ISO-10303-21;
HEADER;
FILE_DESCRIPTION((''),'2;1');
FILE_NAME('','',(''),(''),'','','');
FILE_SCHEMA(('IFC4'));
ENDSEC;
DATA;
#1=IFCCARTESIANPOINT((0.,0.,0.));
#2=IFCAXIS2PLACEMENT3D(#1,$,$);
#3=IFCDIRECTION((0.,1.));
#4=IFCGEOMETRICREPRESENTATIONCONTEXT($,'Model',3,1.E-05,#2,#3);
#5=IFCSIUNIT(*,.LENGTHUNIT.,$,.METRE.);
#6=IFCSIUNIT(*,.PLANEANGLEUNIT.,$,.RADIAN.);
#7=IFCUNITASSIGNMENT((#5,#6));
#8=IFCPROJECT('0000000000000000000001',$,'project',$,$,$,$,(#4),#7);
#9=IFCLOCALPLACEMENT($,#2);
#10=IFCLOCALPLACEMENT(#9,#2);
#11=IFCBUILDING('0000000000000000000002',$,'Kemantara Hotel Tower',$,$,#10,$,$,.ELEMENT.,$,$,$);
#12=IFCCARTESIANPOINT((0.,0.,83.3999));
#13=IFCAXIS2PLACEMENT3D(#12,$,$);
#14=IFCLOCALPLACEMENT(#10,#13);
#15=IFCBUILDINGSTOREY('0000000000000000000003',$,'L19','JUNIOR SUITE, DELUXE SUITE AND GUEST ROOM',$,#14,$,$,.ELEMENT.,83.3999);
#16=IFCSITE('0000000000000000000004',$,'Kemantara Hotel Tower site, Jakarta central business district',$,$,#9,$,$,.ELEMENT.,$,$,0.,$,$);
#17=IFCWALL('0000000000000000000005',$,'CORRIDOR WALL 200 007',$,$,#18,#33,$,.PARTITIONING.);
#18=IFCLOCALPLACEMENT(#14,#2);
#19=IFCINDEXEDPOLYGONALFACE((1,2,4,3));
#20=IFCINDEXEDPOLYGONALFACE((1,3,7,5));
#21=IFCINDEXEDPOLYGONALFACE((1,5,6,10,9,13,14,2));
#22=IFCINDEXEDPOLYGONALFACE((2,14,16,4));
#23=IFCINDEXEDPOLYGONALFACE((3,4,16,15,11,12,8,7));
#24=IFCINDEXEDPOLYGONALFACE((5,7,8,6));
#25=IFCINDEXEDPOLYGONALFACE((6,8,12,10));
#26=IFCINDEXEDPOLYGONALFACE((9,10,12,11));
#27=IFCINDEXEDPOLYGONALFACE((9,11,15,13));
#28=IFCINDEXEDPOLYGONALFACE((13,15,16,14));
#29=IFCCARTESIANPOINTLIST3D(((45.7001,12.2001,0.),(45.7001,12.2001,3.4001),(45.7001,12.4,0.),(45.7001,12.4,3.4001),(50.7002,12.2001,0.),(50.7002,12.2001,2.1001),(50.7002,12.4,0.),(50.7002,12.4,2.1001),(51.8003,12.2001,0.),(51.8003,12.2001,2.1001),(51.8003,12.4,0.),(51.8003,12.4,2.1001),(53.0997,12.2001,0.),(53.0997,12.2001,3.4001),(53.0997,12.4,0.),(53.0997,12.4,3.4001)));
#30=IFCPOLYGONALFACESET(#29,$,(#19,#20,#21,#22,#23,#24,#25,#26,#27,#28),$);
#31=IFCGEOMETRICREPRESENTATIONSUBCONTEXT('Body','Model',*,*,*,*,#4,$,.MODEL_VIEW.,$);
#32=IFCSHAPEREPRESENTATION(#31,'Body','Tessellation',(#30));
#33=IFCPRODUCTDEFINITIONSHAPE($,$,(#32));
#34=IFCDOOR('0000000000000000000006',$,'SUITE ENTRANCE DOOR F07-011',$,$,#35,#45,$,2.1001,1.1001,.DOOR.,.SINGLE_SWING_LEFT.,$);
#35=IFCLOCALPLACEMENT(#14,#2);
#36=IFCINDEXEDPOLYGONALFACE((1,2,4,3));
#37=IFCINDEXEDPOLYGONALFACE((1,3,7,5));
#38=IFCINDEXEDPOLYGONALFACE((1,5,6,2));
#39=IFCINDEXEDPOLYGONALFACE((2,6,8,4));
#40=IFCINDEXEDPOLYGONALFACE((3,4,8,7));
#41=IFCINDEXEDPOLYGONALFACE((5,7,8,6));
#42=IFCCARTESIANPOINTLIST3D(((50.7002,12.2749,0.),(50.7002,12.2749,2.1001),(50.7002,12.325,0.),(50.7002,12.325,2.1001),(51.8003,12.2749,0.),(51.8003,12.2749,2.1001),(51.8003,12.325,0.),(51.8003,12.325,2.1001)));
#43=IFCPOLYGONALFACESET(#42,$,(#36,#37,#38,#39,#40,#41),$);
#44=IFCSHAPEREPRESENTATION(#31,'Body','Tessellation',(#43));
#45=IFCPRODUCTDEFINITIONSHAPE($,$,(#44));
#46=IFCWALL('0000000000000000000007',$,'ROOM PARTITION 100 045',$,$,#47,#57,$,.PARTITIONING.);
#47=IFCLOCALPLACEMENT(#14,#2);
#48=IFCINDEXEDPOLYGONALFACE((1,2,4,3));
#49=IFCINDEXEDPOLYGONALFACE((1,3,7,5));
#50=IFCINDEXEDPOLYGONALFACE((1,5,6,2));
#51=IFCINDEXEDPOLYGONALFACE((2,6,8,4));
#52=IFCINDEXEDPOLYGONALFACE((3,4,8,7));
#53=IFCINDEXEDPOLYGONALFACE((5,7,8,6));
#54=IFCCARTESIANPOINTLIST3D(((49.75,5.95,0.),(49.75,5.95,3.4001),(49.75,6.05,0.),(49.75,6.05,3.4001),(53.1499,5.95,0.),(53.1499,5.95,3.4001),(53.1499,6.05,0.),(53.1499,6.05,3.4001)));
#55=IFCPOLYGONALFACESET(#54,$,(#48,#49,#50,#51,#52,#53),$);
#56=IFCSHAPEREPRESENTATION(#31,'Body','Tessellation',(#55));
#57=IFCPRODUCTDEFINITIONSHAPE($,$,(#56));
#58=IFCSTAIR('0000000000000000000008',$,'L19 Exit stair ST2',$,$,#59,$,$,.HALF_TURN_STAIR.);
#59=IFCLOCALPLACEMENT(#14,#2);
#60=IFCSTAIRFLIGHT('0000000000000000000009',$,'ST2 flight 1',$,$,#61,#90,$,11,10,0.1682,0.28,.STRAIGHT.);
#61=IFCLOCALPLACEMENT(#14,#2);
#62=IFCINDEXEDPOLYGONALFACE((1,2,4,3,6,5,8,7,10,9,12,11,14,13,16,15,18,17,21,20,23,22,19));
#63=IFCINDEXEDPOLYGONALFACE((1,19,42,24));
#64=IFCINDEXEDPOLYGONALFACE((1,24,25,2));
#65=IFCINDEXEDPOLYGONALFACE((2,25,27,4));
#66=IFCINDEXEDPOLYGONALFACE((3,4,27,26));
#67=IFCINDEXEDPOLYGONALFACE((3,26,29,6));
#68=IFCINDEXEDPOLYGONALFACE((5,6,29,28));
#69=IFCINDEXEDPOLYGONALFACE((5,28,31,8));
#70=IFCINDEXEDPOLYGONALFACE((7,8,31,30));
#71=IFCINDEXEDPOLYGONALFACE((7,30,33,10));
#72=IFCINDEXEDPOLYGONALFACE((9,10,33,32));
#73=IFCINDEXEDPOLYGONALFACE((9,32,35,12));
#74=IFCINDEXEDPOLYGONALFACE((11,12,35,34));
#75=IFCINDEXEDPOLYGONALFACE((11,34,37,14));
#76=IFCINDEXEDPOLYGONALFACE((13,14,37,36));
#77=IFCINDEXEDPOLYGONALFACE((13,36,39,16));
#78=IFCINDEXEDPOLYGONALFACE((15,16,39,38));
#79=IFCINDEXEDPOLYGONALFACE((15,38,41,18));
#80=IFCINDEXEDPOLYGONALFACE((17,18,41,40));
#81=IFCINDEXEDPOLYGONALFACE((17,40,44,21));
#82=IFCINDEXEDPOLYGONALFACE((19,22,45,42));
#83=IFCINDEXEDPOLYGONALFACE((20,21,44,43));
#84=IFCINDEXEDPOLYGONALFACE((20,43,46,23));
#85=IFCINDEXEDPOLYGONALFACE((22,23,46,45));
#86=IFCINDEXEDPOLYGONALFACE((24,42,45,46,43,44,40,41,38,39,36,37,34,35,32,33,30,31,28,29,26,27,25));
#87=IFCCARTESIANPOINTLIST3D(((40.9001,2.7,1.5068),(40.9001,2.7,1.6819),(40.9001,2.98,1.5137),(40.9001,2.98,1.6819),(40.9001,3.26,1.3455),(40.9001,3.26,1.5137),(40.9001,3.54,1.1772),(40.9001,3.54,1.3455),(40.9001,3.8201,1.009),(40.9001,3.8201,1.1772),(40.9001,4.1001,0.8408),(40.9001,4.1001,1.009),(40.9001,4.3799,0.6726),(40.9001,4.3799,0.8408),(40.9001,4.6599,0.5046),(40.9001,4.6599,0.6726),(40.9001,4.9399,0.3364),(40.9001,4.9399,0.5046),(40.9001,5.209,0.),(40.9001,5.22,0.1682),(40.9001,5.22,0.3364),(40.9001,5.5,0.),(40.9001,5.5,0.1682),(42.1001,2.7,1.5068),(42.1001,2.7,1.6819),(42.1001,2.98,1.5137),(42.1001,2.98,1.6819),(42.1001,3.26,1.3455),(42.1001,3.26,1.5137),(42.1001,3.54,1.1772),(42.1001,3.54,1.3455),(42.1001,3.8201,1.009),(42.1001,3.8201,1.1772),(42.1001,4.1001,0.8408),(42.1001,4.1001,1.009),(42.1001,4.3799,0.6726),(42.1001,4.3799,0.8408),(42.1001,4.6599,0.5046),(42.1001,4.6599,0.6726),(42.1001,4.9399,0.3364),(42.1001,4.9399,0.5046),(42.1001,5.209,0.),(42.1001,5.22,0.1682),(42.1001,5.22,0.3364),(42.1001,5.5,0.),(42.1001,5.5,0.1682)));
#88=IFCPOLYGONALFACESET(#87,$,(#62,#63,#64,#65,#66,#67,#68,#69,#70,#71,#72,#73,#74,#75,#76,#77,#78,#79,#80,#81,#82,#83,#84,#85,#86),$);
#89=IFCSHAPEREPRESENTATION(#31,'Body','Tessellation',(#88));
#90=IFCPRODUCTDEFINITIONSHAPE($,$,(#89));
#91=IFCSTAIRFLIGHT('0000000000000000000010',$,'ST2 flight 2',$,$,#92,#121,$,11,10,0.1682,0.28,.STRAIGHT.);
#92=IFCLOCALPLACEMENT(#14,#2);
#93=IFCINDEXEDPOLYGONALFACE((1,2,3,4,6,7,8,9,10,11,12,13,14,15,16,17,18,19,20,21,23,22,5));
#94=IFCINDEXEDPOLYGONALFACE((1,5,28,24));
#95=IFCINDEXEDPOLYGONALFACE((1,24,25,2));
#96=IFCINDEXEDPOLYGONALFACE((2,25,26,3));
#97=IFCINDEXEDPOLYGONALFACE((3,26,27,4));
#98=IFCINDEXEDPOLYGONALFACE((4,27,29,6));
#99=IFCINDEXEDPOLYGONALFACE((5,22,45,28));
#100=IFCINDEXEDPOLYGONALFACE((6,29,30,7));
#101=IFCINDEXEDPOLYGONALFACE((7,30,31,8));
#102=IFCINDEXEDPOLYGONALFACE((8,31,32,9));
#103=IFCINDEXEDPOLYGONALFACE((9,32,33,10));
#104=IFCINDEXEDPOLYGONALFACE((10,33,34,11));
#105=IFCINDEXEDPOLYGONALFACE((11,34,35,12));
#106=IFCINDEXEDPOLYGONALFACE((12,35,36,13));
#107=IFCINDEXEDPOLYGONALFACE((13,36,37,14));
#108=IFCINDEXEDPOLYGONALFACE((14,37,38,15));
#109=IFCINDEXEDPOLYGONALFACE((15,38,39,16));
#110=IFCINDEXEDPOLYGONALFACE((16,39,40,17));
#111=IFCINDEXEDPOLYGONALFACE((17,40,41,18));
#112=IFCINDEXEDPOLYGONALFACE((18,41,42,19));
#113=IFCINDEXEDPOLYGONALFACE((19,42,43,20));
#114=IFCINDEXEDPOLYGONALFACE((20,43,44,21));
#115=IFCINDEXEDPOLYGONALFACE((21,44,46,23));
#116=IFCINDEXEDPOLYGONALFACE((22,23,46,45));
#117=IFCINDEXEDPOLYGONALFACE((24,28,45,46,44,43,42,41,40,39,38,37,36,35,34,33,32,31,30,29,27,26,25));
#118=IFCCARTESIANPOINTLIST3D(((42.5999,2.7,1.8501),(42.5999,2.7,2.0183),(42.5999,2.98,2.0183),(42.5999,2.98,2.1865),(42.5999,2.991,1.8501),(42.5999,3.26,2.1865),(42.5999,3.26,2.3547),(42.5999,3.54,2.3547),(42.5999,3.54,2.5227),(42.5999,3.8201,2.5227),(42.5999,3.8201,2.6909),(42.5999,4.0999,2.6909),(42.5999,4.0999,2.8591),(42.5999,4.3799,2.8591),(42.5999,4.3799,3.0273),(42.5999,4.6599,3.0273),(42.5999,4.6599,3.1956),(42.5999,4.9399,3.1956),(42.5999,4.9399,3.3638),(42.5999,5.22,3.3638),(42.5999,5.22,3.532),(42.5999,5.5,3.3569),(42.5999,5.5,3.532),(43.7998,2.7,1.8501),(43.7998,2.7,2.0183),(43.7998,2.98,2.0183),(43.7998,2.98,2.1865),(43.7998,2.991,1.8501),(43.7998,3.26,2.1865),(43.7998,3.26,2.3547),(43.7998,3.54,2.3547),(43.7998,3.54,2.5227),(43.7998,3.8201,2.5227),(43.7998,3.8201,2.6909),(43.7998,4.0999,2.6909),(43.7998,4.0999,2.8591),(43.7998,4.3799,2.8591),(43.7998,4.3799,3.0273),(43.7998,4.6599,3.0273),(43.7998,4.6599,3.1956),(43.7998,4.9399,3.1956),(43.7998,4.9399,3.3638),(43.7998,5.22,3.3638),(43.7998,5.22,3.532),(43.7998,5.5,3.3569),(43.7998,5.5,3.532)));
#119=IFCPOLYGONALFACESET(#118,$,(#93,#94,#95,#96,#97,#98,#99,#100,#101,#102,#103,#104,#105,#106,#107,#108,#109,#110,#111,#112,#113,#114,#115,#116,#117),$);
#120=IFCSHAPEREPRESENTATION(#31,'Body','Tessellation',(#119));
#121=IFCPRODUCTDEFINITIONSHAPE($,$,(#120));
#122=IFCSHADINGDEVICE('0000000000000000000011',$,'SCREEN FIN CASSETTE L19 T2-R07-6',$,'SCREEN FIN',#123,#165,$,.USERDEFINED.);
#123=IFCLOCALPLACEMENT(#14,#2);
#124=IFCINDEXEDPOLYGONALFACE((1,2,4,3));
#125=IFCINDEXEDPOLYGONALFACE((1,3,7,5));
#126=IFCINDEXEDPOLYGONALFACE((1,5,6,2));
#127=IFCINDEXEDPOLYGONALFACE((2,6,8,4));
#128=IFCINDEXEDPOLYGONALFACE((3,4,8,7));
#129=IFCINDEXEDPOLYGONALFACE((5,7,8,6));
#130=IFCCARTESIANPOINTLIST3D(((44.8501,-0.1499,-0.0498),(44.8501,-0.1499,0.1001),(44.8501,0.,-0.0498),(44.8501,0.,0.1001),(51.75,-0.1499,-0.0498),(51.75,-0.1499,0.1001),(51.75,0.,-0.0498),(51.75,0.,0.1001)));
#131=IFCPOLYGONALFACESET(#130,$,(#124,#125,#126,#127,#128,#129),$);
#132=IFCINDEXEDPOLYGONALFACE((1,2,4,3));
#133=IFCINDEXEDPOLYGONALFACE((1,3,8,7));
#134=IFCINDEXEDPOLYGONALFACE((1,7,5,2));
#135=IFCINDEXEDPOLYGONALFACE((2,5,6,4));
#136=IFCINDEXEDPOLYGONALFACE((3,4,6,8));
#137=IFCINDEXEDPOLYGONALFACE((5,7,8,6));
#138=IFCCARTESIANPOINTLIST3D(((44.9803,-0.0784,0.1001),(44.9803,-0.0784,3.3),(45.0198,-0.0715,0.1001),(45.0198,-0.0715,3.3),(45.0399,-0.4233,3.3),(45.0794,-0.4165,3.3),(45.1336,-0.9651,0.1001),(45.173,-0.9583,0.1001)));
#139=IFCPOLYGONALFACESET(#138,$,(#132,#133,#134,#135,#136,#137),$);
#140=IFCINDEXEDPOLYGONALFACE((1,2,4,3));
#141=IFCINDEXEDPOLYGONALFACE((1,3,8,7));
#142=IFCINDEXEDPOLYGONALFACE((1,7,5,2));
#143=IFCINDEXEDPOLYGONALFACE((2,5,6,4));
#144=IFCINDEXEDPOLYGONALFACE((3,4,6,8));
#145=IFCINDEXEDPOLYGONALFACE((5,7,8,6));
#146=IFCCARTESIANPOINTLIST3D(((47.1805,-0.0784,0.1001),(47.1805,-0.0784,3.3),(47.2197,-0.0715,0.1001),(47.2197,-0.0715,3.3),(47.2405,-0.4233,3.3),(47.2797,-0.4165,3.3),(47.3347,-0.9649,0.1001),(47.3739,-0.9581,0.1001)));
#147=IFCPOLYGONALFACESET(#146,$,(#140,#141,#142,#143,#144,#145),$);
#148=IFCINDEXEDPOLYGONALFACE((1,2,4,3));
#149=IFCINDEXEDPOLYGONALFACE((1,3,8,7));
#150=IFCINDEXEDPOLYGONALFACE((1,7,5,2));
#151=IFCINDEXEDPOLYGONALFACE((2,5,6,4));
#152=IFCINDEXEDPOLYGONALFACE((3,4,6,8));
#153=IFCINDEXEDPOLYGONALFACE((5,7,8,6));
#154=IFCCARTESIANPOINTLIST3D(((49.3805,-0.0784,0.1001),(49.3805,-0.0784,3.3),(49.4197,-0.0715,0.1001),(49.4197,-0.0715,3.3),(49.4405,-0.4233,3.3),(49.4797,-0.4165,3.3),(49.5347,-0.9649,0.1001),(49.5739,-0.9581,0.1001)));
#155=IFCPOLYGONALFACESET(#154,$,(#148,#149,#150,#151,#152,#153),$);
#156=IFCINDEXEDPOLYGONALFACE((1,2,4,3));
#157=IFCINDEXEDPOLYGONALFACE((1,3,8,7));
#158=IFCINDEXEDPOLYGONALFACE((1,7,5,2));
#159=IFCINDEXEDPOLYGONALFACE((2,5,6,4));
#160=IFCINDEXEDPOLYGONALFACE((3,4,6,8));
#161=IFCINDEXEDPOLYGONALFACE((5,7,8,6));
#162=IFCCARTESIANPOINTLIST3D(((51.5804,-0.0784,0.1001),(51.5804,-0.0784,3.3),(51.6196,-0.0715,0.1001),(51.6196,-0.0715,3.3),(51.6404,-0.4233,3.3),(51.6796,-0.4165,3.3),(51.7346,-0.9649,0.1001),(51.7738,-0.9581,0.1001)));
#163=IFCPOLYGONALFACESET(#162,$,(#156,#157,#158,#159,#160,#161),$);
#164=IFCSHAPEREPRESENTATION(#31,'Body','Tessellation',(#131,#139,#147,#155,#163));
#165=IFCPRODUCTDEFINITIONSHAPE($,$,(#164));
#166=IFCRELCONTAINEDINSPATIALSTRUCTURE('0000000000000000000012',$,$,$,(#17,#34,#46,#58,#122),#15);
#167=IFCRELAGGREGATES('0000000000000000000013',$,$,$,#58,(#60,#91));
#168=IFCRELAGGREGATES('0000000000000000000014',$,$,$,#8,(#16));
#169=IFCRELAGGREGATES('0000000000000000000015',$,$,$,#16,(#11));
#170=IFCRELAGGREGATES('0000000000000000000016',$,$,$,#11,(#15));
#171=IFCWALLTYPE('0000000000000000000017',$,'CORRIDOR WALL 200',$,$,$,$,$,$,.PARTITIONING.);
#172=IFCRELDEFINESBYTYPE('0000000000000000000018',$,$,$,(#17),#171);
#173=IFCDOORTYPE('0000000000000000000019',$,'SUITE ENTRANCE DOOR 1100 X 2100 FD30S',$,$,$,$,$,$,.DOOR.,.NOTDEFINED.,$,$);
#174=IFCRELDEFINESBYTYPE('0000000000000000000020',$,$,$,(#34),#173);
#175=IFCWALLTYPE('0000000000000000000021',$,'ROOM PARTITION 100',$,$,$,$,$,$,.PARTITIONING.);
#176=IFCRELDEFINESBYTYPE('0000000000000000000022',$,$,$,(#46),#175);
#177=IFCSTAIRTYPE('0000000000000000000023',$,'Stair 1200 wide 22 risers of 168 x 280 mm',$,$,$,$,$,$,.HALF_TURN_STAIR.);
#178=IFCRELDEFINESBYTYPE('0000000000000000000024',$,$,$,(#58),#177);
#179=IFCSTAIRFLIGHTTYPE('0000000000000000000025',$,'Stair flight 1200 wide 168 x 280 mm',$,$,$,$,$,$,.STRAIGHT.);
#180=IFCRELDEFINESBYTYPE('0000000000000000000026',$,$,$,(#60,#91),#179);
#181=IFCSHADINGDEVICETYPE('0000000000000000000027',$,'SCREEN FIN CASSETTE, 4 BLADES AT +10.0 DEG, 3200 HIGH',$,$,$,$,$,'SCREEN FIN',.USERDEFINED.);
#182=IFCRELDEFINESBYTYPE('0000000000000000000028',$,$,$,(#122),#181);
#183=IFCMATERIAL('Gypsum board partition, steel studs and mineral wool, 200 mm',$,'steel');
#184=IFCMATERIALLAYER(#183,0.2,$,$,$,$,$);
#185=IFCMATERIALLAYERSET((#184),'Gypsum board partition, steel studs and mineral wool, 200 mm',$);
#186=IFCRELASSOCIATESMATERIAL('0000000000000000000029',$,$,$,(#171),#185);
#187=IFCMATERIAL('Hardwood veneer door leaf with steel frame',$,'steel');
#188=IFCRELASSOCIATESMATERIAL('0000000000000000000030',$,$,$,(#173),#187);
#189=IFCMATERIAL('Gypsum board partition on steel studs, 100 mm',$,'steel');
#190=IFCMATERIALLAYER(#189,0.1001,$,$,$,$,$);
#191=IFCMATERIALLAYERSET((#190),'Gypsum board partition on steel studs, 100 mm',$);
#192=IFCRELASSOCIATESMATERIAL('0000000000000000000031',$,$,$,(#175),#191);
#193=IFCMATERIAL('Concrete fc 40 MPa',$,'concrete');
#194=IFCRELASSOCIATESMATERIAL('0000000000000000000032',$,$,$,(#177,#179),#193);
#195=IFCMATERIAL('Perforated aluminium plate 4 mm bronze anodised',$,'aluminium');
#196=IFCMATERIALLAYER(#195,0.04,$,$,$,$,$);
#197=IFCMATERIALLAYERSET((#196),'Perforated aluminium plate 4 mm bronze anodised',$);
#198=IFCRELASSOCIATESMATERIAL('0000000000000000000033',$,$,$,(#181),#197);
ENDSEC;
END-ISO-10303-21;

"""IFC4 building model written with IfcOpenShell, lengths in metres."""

from ifc_helpers import new_model, si_unit, direction, frame, frame_2d, origin, origin_2d, place, context, subcontext, project, spatial, polyline, rectangle, outline, extrude, source, transform, mapped, material, layer, layer_set, type_object, element, fill, aggregate, save


model = new_model("IFC4")

# Units and contexts
model_context = context("Model", 3, precision=1e-05, world=origin(), true_north=direction((0.0, 1.0)))
body_context = subcontext(model_context, "Body", "Model", "MODEL_VIEW")
ifc_project = project(units=[si_unit("LENGTHUNIT", "METRE"), si_unit("PLANEANGLEUNIT", "RADIAN")], contexts=[model_context])

# Site, building, storey
site_placement = place(None, origin())
site = spatial("IfcSite", under=ifc_project, at=site_placement, Name="Kemantara Hotel Tower site, Jakarta central business district", CompositionType="ELEMENT", RefElevation=0.0)
building_placement = place(site_placement, origin())
building = spatial("IfcBuilding", under=site, at=building_placement, Name="Kemantara Hotel Tower", CompositionType="ELEMENT")
storey_placement = place(building_placement, frame((0.0, 0.0, 83.3999)))
storey = spatial("IfcBuildingStorey", under=building, at=storey_placement, Name="L19", Description="JUNIOR SUITE, DELUXE SUITE AND GUEST ROOM", CompositionType="ELEMENT", Elevation=83.3999)

# Wall, opening, door
ifc_material_1 = material(Name="Gypsum board partition, steel studs and mineral wool, 200 mm", Category="steel")
ifc_layer_1 = layer(ifc_material_1, 0.2)
ifc_layer_set_1 = layer_set([ifc_layer_1], Name="Gypsum board partition, steel studs and mineral wool, 200 mm")
wall_type_1 = type_object("IfcWallType", Name="CORRIDOR WALL 200", PredefinedType="PARTITIONING", material=ifc_layer_set_1)
wall_1_placement = place(storey_placement, frame((45.7002, 12.3, 0.0), z_axis=(0.0, 0.0, 1.0), x_axis=(1.0, 0.0, 0.0)))
wall_1 = element("IfcWall", 1, at=wall_1_placement, inside=storey, type_object=wall_type_1, Name="CORRIDOR WALL 200 007", PredefinedType="PARTITIONING", context=body_context, shape_type="SweptSolid", body=[
    extrude(rectangle(XDim=7.3997, YDim=0.2, at=frame_2d((3.6997, 0.0))), origin(), (0.0, 0.0, 1.0), 3.4001),
])
opening_1_placement = place(wall_1_placement, frame((5.0, 0.0, 0.0)))
opening_1 = element("IfcOpeningElement", 2, at=opening_1_placement, cuts=wall_1, PredefinedType="OPENING", context=body_context, shape_type="SweptSolid", body=[
    extrude(rectangle(XDim=1.1001, YDim=2.1001, at=frame_2d((0.55, 1.05))), frame((0.0, 0.1099, 0.0), z_axis=(0.0, -1.0, 0.0), x_axis=(1.0, 0.0, 0.0)), (0.0, 0.0, 1.0), 0.22),
])
ifc_material_2 = material(Name="Hardwood veneer door leaf with steel frame", Category="steel")
door_type_1 = type_object("IfcDoorType", Name="SUITE ENTRANCE DOOR 1100 X 2100 FD30S", OperationType="NOTDEFINED", PredefinedType="DOOR", material=ifc_material_2)
door_1_placement = place(opening_1_placement, origin())
door_1 = element("IfcDoor", 3, at=door_1_placement, inside=storey, type_object=door_type_1, Name="SUITE ENTRANCE DOOR F07-011", OperationType="SINGLE_SWING_LEFT", OverallHeight=2.1001, OverallWidth=1.1001, PredefinedType="DOOR", context=body_context, shape_type="SweptSolid", body=[
    extrude(rectangle(XDim=1.1001, YDim=2.1001, at=frame_2d((0.55, 1.05))), frame((0.0, 0.0249, 0.0), z_axis=(0.0, -1.0, 0.0), x_axis=(1.0, 0.0, 0.0)), (0.0, 0.0, 1.0), 0.05),
])
fill(opening_1, door_1)

# Wall
ifc_material_3 = material(Name="Gypsum board partition on steel studs, 100 mm", Category="steel")
ifc_layer_2 = layer(ifc_material_3, 0.1001)
ifc_layer_set_2 = layer_set([ifc_layer_2], Name="Gypsum board partition on steel studs, 100 mm")
wall_type_2 = type_object("IfcWallType", Name="ROOM PARTITION 100", PredefinedType="PARTITIONING", material=ifc_layer_set_2)
wall_2_placement = place(storey_placement, frame((49.75, 6.0, 0.0), z_axis=(0.0, 0.0, 1.0), x_axis=(1.0, 0.0, 0.0)))
element("IfcWall", 4, at=wall_2_placement, inside=storey, type_object=wall_type_2, Name="ROOM PARTITION 100 045", PredefinedType="PARTITIONING", context=body_context, shape_type="SweptSolid", body=[
    extrude(rectangle(XDim=3.3999, YDim=0.1001, at=frame_2d((1.7, 0.0))), origin(), (0.0, 0.0, 1.0), 3.4001),
])

# Stair, stair flights
ifc_material_4 = material(Name="Concrete fc 40 MPa", Category="concrete")
stair_type = type_object("IfcStairType", Name="Stair 1200 wide 22 risers of 168 x 280 mm", PredefinedType="HALF_TURN_STAIR", material=ifc_material_4)
stair_placement = place(storey_placement, origin())
stair = element("IfcStair", 5, at=stair_placement, inside=storey, type_object=stair_type, Name="L19 Exit stair ST2", PredefinedType="HALF_TURN_STAIR")
stair_flight_type = type_object("IfcStairFlightType", Name="Stair flight 1200 wide 168 x 280 mm", PredefinedType="STRAIGHT", material=ifc_material_4)
stair_flight_1_placement = place(storey_placement, frame((41.5, 5.5, 0.0), z_axis=(0.0, 0.0, 1.0), x_axis=(0.0, -1.0, 0.0)))
stair_flight_1 = element("IfcStairFlight", 6, at=stair_flight_1_placement, type_object=stair_flight_type, Name="ST2 flight 1", NumberOfRisers=11, NumberOfTreads=10, PredefinedType="STRAIGHT", RiserHeight=0.1682, TreadLength=0.28, context=body_context, shape_type="SweptSolid", body=[
    extrude(outline(polyline([(0.0, 0.0), (0.0, 0.1682), (0.28, 0.1682), (0.28, 0.3364), (0.5601, 0.3364), (0.5601, 0.5046), (0.8401, 0.5046), (0.8401, 0.6726), (1.1201, 0.6726), (1.1201, 0.8408), (1.3999, 0.8408), (1.3999, 1.009), (1.6799, 1.009), (1.6799, 1.1772), (1.96, 1.1772), (1.96, 1.3455), (2.24, 1.3455), (2.24, 1.5137), (2.52, 1.5137), (2.52, 1.6819), (2.8, 1.6819), (2.8, 1.8501), (2.8, 1.5068), (0.291, 0.0), (0.0, 0.0)])), frame((0.0, 0.6001, 0.0), z_axis=(0.0, -1.0, 0.0), x_axis=(1.0, 0.0, 0.0)), (0.0, 0.0, 1.0), 1.2),
])
stair_flight_2_placement = place(storey_placement, frame((43.2, 2.7, 1.8501), z_axis=(0.0, 0.0, 1.0), x_axis=(0.0, 1.0, 0.0)))
stair_flight_2 = element("IfcStairFlight", 7, at=stair_flight_2_placement, type_object=stair_flight_type, Name="ST2 flight 2", NumberOfRisers=11, NumberOfTreads=10, PredefinedType="STRAIGHT", RiserHeight=0.1682, TreadLength=0.28, context=body_context, shape_type="SweptSolid", body=[
    extrude(outline(polyline([(0.0, 0.0), (0.0, 0.1682), (0.28, 0.1682), (0.28, 0.3364), (0.5601, 0.3364), (0.5601, 0.5046), (0.8401, 0.5046), (0.8401, 0.6726), (1.1201, 0.6726), (1.1201, 0.8408), (1.3999, 0.8408), (1.3999, 1.009), (1.6799, 1.009), (1.6799, 1.1772), (1.96, 1.1772), (1.96, 1.3455), (2.24, 1.3455), (2.24, 1.5137), (2.52, 1.5137), (2.52, 1.6819), (2.8, 1.6819), (2.8, 1.8501), (2.8, 1.5068), (0.291, 0.0), (0.0, 0.0)])), frame((0.0, 0.6001, 0.0), z_axis=(0.0, -1.0, 0.0), x_axis=(1.0, 0.0, 0.0)), (0.0, 0.0, 1.0), 1.2),
])
aggregate(stair, [stair_flight_1, stair_flight_2])

# Shading device
ifc_material_5 = material(Name="Perforated aluminium plate 4 mm bronze anodised", Category="aluminium")
ifc_layer_3 = layer(ifc_material_5, 0.04)
ifc_layer_set_3 = layer_set([ifc_layer_3], Name="Perforated aluminium plate 4 mm bronze anodised")
shading_device_type = type_object("IfcShadingDeviceType", Name="SCREEN FIN CASSETTE, 4 BLADES AT +10.0 DEG, 3200 HIGH", ElementType="SCREEN FIN", PredefinedType="USERDEFINED", material=ifc_layer_set_3)
shared_shape = source(origin(), body_context, "Body", "SweptSolid", [
    extrude(rectangle(XDim=6.8999, YDim=0.1499, at=origin_2d()), frame((3.3, -0.075, -0.1499), z_axis=(0.0, 0.0, 1.0), x_axis=(1.0, 0.0, 0.0)), (0.0, 0.0, 1.0), 0.1499),
    extrude(outline(polyline([(0.0, 0.0), (0.8999, 0.0), (0.3501, 3.2), (0.0, 3.2), (0.0, 0.0)])), frame((0.0198, -0.0715, 0.0), z_axis=(-0.98539, -0.170314, 0.0), x_axis=(0.170314, -0.98539, 0.0)), (0.0, 0.0, 1.0), 0.04),
    extrude(outline(polyline([(0.0, 0.0), (0.8999, 0.0), (0.3501, 3.2), (0.0, 3.2), (0.0, 0.0)])), frame((2.2197, -0.0715, 0.0), z_axis=(-0.985212, -0.171341, 0.0), x_axis=(0.171341, -0.985212, 0.0)), (0.0, 0.0, 1.0), 0.0398),
    extrude(outline(polyline([(0.0, 0.0), (0.8999, 0.0), (0.3501, 3.2), (0.0, 3.2), (0.0, 0.0)])), frame((4.4197, -0.0715, 0.0), z_axis=(-0.985212, -0.171341, 0.0), x_axis=(0.171341, -0.985212, 0.0)), (0.0, 0.0, 1.0), 0.0398),
    extrude(outline(polyline([(0.0, 0.0), (0.8999, 0.0), (0.3501, 3.2), (0.0, 3.2), (0.0, 0.0)])), frame((6.6196, -0.0715, 0.0), z_axis=(-0.985212, -0.171341, 0.0), x_axis=(0.171341, -0.985212, 0.0)), (0.0, 0.0, 1.0), 0.0398),
])
shading_device_placement = place(storey_placement, frame((45.0, 0.0, 0.1001), z_axis=(0.0, 0.0, 1.0), x_axis=(1.0, 0.0, 0.0)))
element("IfcShadingDevice", 8, at=shading_device_placement, inside=storey, type_object=shading_device_type, Name="SCREEN FIN CASSETTE L19 T2-R07-6", ObjectType="SCREEN FIN", PredefinedType="USERDEFINED", context=body_context, shape_type="MappedRepresentation", body=[
    mapped(shared_shape, transform((0.0, 0.0, 0.0))),
])

save(model, "model.ifc")
